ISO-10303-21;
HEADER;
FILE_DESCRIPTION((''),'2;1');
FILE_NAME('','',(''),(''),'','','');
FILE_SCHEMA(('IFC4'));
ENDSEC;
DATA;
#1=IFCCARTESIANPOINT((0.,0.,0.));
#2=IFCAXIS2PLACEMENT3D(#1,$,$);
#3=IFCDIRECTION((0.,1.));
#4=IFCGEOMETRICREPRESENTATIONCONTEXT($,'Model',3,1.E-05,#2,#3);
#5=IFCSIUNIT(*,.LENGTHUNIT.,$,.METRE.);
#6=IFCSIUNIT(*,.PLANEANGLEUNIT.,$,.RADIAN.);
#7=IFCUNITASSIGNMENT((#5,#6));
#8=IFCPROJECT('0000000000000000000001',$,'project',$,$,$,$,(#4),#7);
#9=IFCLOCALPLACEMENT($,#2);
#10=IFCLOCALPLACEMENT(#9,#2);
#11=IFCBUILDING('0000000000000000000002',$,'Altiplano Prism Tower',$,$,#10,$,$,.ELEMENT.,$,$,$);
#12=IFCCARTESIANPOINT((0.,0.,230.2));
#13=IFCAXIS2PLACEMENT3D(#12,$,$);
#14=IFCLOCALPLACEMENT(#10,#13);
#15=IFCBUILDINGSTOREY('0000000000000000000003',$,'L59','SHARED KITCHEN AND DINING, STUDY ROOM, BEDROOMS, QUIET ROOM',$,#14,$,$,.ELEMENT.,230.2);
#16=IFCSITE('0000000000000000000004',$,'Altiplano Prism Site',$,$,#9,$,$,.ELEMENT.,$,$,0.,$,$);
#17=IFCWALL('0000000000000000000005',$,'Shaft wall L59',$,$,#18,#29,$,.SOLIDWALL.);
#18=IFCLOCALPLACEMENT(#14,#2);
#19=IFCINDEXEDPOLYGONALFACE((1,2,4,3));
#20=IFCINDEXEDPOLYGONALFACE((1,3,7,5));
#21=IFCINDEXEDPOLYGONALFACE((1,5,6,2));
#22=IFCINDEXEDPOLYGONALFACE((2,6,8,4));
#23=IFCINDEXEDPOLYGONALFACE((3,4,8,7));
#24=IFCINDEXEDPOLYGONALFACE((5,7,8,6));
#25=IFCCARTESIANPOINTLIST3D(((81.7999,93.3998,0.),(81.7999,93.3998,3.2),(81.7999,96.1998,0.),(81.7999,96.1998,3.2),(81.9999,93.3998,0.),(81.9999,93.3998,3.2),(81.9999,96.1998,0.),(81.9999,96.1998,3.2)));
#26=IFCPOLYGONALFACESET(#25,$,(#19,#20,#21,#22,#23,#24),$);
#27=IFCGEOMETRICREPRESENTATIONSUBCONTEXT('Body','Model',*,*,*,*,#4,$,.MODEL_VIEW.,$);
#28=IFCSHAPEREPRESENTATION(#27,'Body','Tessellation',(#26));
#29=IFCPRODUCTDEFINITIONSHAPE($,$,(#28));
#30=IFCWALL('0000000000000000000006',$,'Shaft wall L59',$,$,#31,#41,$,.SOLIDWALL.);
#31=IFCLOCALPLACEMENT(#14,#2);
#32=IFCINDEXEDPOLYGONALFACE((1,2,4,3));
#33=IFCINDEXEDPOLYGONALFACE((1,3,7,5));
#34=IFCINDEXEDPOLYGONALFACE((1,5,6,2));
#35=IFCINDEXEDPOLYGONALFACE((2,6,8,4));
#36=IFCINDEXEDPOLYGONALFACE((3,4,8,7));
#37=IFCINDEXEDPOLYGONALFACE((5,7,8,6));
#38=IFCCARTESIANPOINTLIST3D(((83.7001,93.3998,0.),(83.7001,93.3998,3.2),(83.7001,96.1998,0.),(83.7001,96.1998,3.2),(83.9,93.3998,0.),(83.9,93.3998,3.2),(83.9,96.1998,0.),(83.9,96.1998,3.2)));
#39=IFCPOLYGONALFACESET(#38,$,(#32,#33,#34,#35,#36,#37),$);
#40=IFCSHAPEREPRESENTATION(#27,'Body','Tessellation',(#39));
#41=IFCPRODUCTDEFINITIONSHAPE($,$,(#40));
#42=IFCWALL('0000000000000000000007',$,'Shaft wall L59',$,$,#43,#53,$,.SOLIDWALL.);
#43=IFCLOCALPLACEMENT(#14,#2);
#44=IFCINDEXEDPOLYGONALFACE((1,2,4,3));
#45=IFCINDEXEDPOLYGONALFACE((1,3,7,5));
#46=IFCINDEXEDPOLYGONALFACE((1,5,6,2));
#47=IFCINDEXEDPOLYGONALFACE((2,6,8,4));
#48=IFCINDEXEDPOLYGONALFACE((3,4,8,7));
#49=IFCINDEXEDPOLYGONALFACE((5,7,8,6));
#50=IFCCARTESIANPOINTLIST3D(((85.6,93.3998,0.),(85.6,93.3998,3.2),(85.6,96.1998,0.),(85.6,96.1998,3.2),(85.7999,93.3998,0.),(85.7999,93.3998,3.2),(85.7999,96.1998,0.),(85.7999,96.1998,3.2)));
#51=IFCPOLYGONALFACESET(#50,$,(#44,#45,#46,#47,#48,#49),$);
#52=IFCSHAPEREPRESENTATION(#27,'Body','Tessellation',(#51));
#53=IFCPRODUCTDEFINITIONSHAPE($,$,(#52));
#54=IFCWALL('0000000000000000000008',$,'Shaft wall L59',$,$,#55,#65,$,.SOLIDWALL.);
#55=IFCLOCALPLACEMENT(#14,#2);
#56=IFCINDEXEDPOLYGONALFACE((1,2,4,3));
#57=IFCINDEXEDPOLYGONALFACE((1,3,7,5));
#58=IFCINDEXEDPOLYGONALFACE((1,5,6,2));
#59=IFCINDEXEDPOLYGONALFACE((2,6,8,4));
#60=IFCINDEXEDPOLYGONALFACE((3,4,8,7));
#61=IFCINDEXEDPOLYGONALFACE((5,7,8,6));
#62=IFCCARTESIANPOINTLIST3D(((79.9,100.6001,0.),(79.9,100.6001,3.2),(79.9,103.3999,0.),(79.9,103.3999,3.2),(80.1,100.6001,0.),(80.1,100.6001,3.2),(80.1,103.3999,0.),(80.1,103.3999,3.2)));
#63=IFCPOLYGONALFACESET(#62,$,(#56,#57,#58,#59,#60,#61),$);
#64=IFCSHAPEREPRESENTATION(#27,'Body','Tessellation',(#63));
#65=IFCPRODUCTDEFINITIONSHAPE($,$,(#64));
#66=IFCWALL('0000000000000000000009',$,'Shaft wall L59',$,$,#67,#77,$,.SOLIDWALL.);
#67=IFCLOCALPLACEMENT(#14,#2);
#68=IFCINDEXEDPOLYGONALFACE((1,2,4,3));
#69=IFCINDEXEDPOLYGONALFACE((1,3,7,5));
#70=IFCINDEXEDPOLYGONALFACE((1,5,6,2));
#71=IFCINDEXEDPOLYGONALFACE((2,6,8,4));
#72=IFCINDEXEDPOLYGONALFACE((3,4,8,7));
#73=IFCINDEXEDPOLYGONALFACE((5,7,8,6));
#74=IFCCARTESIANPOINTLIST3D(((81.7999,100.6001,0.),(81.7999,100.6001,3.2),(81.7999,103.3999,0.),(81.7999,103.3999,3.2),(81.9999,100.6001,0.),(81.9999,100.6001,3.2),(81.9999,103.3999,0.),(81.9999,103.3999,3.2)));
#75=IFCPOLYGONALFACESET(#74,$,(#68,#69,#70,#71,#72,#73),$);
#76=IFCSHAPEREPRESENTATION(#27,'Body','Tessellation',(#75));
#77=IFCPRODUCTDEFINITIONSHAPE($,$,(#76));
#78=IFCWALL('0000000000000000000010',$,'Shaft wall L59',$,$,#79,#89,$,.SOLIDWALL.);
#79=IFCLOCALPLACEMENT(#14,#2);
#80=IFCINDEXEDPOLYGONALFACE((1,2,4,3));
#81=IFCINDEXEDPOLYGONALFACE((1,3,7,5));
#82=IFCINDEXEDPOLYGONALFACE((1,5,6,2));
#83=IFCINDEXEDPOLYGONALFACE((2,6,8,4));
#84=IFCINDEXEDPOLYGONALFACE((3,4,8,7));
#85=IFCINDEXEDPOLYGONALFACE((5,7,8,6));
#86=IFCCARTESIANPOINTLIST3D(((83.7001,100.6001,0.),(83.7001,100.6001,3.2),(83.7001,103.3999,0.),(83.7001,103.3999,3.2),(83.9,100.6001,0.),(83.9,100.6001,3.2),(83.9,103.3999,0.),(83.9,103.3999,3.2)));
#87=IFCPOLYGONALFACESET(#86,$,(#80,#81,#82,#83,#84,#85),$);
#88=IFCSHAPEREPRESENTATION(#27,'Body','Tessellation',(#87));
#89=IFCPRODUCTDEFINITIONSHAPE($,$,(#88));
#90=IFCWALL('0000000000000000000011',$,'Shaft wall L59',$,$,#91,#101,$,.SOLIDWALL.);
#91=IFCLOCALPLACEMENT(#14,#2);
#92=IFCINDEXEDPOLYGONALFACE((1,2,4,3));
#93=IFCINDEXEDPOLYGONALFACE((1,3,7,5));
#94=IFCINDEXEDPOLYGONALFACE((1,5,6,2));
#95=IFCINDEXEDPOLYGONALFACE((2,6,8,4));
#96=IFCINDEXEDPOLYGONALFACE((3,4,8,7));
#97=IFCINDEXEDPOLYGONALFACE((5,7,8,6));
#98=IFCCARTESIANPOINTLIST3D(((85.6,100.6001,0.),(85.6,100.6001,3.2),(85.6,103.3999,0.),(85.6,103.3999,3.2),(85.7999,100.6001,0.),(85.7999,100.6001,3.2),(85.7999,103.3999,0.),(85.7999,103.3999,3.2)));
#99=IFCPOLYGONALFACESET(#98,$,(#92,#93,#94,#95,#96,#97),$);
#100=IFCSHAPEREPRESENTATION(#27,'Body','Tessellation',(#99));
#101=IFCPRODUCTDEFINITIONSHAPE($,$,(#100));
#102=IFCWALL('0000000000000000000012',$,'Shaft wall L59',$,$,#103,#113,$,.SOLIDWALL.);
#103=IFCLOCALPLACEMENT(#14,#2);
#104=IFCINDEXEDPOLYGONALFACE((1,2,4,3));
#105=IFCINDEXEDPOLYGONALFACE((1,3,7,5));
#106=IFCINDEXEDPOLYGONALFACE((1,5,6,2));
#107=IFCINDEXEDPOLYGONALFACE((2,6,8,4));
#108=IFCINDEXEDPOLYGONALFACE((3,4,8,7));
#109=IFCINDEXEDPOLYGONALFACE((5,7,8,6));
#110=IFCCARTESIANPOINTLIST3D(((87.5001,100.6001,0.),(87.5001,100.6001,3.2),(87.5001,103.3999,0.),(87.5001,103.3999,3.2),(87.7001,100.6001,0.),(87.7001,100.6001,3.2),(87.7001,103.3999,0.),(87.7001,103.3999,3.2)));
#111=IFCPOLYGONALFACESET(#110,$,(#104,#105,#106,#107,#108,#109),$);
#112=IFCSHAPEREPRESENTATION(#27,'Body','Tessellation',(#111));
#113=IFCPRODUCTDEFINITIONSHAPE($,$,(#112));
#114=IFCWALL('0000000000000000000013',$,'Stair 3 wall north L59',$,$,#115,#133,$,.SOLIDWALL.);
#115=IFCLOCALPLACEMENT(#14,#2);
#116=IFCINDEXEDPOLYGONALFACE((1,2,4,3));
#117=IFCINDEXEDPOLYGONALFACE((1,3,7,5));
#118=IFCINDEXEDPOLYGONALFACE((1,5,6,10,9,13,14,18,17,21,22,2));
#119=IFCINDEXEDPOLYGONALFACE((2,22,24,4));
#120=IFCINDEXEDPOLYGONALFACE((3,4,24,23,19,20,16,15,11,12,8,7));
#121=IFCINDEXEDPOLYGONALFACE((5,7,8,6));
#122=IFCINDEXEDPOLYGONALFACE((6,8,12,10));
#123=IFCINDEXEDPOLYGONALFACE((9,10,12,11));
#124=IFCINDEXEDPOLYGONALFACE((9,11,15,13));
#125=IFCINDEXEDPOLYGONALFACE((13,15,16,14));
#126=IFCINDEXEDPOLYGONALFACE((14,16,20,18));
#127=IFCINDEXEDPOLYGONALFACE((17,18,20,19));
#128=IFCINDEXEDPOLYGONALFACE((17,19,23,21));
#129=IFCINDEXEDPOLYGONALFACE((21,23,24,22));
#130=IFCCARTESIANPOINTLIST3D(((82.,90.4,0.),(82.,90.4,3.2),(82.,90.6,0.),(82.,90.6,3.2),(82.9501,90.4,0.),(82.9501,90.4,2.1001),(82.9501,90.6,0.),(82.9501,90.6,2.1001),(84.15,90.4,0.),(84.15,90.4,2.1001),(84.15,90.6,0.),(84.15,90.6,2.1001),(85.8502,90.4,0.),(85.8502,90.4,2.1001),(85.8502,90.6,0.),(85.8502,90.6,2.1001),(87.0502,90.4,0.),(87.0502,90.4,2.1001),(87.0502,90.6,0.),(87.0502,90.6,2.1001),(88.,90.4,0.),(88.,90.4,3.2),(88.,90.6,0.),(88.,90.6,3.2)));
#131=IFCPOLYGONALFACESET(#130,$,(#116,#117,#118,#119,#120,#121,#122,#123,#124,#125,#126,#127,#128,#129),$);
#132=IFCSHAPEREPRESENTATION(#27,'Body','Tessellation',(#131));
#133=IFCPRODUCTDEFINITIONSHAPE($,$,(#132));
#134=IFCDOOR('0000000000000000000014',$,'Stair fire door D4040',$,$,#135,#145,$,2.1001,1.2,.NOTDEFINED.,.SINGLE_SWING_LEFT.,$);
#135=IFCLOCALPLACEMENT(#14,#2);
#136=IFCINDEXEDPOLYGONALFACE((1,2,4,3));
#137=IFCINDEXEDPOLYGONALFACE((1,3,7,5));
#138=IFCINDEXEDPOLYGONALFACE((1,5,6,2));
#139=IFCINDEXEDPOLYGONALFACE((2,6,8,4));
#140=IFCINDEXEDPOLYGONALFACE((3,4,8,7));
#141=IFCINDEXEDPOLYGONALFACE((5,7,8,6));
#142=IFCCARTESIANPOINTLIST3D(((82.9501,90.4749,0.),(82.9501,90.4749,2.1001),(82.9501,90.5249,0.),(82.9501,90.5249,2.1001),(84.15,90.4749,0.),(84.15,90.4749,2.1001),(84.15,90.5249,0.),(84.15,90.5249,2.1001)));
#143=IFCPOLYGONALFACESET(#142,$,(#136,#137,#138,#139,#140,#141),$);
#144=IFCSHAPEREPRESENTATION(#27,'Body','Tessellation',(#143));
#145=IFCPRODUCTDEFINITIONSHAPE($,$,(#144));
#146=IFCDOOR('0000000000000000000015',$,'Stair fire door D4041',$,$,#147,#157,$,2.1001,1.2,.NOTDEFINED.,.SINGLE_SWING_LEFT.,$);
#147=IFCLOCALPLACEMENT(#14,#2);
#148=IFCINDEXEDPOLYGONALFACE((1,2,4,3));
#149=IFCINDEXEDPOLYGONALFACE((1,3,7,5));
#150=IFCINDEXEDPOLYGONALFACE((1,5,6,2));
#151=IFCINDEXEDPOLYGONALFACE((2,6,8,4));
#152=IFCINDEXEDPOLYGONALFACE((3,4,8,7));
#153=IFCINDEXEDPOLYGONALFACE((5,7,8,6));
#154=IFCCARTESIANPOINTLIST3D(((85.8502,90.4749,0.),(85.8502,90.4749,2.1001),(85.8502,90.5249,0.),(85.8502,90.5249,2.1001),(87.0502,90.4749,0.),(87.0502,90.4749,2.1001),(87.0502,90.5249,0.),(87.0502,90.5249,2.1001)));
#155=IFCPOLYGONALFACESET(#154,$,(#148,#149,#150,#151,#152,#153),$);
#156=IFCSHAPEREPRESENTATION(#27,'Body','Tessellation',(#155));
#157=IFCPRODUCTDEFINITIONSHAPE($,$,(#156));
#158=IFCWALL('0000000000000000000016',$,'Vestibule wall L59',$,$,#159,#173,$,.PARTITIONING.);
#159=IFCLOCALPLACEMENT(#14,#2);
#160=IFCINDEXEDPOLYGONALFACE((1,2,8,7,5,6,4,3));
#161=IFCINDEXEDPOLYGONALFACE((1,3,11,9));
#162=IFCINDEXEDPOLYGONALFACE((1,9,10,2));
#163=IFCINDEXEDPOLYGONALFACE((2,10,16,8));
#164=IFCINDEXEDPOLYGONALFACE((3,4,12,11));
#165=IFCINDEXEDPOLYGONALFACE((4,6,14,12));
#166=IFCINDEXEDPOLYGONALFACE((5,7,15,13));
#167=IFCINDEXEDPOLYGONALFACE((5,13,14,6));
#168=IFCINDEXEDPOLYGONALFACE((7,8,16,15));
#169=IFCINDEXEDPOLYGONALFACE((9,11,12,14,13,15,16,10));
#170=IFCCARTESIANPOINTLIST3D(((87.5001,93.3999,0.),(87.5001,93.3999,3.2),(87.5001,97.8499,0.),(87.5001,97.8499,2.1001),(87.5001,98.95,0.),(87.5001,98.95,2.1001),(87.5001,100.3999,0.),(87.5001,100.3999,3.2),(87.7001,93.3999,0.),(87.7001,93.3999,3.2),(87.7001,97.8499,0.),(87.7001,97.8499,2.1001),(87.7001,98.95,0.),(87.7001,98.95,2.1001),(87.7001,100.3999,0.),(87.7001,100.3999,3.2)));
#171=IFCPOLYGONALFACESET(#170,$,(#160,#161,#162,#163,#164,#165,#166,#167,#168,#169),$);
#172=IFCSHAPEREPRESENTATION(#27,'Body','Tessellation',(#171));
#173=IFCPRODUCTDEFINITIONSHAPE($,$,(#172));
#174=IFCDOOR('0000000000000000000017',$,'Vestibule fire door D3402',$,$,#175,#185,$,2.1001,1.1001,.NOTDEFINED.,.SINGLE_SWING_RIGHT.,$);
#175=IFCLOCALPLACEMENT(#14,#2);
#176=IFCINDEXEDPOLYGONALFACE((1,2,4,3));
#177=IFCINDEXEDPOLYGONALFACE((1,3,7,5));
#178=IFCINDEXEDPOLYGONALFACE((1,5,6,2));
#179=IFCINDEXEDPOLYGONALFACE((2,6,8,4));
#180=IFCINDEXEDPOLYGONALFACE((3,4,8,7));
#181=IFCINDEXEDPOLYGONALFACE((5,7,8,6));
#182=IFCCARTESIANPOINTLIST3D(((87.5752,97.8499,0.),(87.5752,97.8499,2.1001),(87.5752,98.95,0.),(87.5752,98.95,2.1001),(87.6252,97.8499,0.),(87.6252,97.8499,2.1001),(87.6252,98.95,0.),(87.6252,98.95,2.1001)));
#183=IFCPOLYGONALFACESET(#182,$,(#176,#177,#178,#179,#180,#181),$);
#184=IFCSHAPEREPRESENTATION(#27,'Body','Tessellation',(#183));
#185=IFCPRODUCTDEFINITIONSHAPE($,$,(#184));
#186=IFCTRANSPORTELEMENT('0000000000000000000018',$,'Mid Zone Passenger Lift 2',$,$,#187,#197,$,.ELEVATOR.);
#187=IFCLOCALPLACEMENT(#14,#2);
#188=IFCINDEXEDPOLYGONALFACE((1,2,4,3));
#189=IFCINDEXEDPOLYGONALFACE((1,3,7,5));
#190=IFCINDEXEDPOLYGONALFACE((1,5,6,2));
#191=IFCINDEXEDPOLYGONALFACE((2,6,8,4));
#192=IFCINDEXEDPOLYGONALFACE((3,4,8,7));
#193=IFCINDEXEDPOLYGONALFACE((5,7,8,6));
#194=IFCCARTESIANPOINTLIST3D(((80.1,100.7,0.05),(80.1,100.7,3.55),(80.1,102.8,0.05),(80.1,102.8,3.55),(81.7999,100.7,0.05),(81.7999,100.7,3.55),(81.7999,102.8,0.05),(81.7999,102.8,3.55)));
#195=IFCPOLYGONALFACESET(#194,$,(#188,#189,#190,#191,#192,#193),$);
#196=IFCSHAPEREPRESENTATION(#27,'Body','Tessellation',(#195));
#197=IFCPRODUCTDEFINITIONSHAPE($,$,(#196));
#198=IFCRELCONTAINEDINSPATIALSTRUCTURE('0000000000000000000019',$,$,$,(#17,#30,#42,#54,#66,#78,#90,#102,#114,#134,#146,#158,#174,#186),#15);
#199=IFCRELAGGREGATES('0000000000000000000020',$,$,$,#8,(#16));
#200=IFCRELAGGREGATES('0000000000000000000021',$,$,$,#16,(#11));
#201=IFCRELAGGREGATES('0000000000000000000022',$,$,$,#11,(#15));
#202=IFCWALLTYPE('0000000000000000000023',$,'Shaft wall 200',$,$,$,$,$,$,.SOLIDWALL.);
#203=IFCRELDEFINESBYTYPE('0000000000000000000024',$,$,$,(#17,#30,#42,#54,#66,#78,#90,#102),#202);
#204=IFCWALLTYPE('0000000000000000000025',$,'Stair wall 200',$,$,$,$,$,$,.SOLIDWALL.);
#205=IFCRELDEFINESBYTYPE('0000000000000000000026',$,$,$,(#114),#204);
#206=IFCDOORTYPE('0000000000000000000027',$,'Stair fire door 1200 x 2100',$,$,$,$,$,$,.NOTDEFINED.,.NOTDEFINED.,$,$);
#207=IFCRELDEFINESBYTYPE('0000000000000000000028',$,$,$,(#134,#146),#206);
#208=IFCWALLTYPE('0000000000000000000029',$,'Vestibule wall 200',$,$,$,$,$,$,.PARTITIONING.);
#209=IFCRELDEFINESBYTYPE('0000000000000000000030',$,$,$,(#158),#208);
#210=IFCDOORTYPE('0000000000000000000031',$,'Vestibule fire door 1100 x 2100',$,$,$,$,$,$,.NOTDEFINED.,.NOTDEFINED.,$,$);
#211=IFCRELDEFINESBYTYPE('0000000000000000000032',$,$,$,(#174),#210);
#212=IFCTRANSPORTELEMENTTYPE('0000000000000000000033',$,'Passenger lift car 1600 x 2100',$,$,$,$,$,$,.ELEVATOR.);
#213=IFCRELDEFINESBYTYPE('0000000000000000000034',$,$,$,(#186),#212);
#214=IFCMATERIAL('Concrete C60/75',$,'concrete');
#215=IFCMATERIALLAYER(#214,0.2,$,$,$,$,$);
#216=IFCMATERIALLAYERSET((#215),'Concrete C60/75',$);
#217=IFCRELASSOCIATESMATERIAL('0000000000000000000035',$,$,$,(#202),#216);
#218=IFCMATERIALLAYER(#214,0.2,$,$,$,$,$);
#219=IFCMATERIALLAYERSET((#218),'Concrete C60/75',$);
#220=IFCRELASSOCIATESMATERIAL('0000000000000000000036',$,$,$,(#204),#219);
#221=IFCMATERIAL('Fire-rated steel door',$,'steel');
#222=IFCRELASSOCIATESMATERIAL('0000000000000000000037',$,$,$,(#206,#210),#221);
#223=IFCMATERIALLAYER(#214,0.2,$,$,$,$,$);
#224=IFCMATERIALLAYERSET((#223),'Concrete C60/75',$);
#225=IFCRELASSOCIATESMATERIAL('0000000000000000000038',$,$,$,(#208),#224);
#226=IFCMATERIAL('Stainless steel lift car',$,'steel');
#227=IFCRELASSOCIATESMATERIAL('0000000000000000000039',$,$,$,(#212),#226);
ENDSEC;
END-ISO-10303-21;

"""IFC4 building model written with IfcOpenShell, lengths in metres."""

from ifc_helpers import new_model, si_unit, direction, frame, frame_2d, origin, origin_2d, place, context, subcontext, project, spatial, rectangle, extrude, material, layer, layer_set, type_object, element, fill, save


model = new_model("IFC4")

# Units and contexts
model_context = context("Model", 3, precision=1e-05, world=origin(), true_north=direction((0.0, 1.0)))
body_context = subcontext(model_context, "Body", "Model", "MODEL_VIEW")
ifc_project = project(units=[si_unit("LENGTHUNIT", "METRE"), si_unit("PLANEANGLEUNIT", "RADIAN")], contexts=[model_context])

# Site, building, storey
site_placement = place(None, origin())
site = spatial("IfcSite", under=ifc_project, at=site_placement, Name="Altiplano Prism Site", CompositionType="ELEMENT", RefElevation=0.0)
building_placement = place(site_placement, origin())
building = spatial("IfcBuilding", under=site, at=building_placement, Name="Altiplano Prism Tower", CompositionType="ELEMENT")
storey_placement = place(building_placement, frame((0.0, 0.0, 230.2)))
storey = spatial("IfcBuildingStorey", under=building, at=storey_placement, Name="L59", Description="SHARED KITCHEN AND DINING, STUDY ROOM, BEDROOMS, QUIET ROOM", CompositionType="ELEMENT", Elevation=230.2)

# Walls
ifc_material_1 = material(Name="Concrete C60/75", Category="concrete")
ifc_layer_1 = layer(ifc_material_1, 0.2)
ifc_layer_set_1 = layer_set([ifc_layer_1], Name="Concrete C60/75")
wall_type_1 = type_object("IfcWallType", Name="Shaft wall 200", PredefinedType="SOLIDWALL", material=ifc_layer_set_1)
for number, where, z_axis, x_axis, name in (
    (1, (81.8999, 93.3999, 0.0), (0.0, 0.0, 1.0), (0.0, 1.0, 0.0), "Shaft wall L59"),
    (2, (83.8, 93.3999, 0.0), (0.0, 0.0, 1.0), (0.0, 1.0, 0.0), "Shaft wall L59"),
    (3, (85.7, 93.3999, 0.0), (0.0, 0.0, 1.0), (0.0, 1.0, 0.0), "Shaft wall L59"),
):
    element("IfcWall", number, at=place(storey_placement, frame(where, z_axis=z_axis, x_axis=x_axis)), inside=storey, type_object=wall_type_1, Name=name, PredefinedType="SOLIDWALL", context=body_context, shape_type="SweptSolid", body=[
        extrude(rectangle(XDim=2.8, YDim=0.2, at=frame_2d((1.3999, 0.0))), origin(), (0.0, 0.0, 1.0), 3.2),
    ])
for number, where, z_axis, x_axis, name in (
    (4, (80.0, 100.6001, 0.0), (0.0, 0.0, 1.0), (0.0, 1.0, 0.0), "Shaft wall L59"),
    (5, (81.8999, 100.6001, 0.0), (0.0, 0.0, 1.0), (0.0, 1.0, 0.0), "Shaft wall L59"),
    (6, (83.8, 100.6001, 0.0), (0.0, 0.0, 1.0), (0.0, 1.0, 0.0), "Shaft wall L59"),
    (7, (85.7, 100.6001, 0.0), (0.0, 0.0, 1.0), (0.0, 1.0, 0.0), "Shaft wall L59"),
    (8, (87.6001, 100.6001, 0.0), (0.0, 0.0, 1.0), (0.0, 1.0, 0.0), "Shaft wall L59"),
):
    element("IfcWall", number, at=place(storey_placement, frame(where, z_axis=z_axis, x_axis=x_axis)), inside=storey, type_object=wall_type_1, Name=name, PredefinedType="SOLIDWALL", context=body_context, shape_type="SweptSolid", body=[
        extrude(rectangle(XDim=2.7998, YDim=0.2, at=frame_2d((1.3999, 0.0))), origin(), (0.0, 0.0, 1.0), 3.2),
    ])

# Wall, openings, doors
ifc_layer_2 = layer(ifc_material_1, 0.2)
ifc_layer_set_2 = layer_set([ifc_layer_2], Name="Concrete C60/75")
wall_type_2 = type_object("IfcWallType", Name="Stair wall 200", PredefinedType="SOLIDWALL", material=ifc_layer_set_2)
wall_1_placement = place(storey_placement, frame((82.0, 90.5, 0.0), z_axis=(0.0, 0.0, 1.0), x_axis=(1.0, 0.0, 0.0)))
wall_1 = element("IfcWall", 9, at=wall_1_placement, inside=storey, type_object=wall_type_2, Name="Stair 3 wall north L59", PredefinedType="SOLIDWALL", context=body_context, shape_type="SweptSolid", body=[
    extrude(rectangle(XDim=6.0, YDim=0.2, at=frame_2d((3.0, 0.0))), origin(), (0.0, 0.0, 1.0), 3.2),
])
opening_1_placement = place(wall_1_placement, frame((0.95, 0.0, 0.0)))
opening_1 = element("IfcOpeningElement", 10, at=opening_1_placement, cuts=wall_1, PredefinedType="OPENING", context=body_context, shape_type="SweptSolid", body=[
    extrude(rectangle(XDim=1.2, YDim=2.1001, at=frame_2d((0.6001, 1.05))), frame((0.0, 0.1104, 0.0), z_axis=(0.0, -1.0, 0.0), x_axis=(1.0, 0.0, 0.0)), (0.0, 0.0, 1.0), 0.2209),
])
opening_2_placement = place(wall_1_placement, frame((3.8501, 0.0, 0.0)))
opening_2 = element("IfcOpeningElement", 11, at=opening_2_placement, cuts=wall_1, PredefinedType="OPENING", context=body_context, shape_type="SweptSolid", body=[
    extrude(rectangle(XDim=1.2, YDim=2.1001, at=frame_2d((0.6001, 1.05))), frame((0.0, 0.1104, 0.0), z_axis=(0.0, -1.0, 0.0), x_axis=(1.0, 0.0, 0.0)), (0.0, 0.0, 1.0), 0.2209),
])
ifc_material_2 = material(Name="Fire-rated steel door", Category="steel")
door_type_1 = type_object("IfcDoorType", Name="Stair fire door 1200 x 2100", OperationType="NOTDEFINED", PredefinedType="NOTDEFINED", material=ifc_material_2)
door_1_placement = place(opening_1_placement, origin())
door_1 = element("IfcDoor", 12, at=door_1_placement, inside=storey, type_object=door_type_1, Name="Stair fire door D4040", OperationType="SINGLE_SWING_LEFT", OverallHeight=2.1001, OverallWidth=1.2, PredefinedType="NOTDEFINED", context=body_context, shape_type="SweptSolid", body=[
    extrude(rectangle(XDim=1.2, YDim=2.1001, at=frame_2d((0.6001, 1.05))), frame((0.0, 0.0249, 0.0), z_axis=(0.0, -1.0, 0.0), x_axis=(1.0, 0.0, 0.0)), (0.0, 0.0, 1.0), 0.05),
])
fill(opening_1, door_1)
door_2_placement = place(opening_2_placement, origin())
door_2 = element("IfcDoor", 13, at=door_2_placement, inside=storey, type_object=door_type_1, Name="Stair fire door D4041", OperationType="SINGLE_SWING_LEFT", OverallHeight=2.1001, OverallWidth=1.2, PredefinedType="NOTDEFINED", context=body_context, shape_type="SweptSolid", body=[
    extrude(rectangle(XDim=1.2, YDim=2.1001, at=frame_2d((0.6001, 1.05))), frame((0.0, 0.0249, 0.0), z_axis=(0.0, -1.0, 0.0), x_axis=(1.0, 0.0, 0.0)), (0.0, 0.0, 1.0), 0.05),
])
fill(opening_2, door_2)

# Wall, opening, door
ifc_layer_3 = layer(ifc_material_1, 0.2)
ifc_layer_set_3 = layer_set([ifc_layer_3], Name="Concrete C60/75")
wall_type_3 = type_object("IfcWallType", Name="Vestibule wall 200", PredefinedType="PARTITIONING", material=ifc_layer_set_3)
wall_2_placement = place(storey_placement, frame((87.6001, 93.3999, 0.0), z_axis=(0.0, 0.0, 1.0), x_axis=(0.0, 1.0, 0.0)))
wall_2 = element("IfcWall", 14, at=wall_2_placement, inside=storey, type_object=wall_type_3, Name="Vestibule wall L59", PredefinedType="PARTITIONING", context=body_context, shape_type="SweptSolid", body=[
    extrude(rectangle(XDim=7.0, YDim=0.2, at=frame_2d((3.5, 0.0))), origin(), (0.0, 0.0, 1.0), 3.2),
])
opening_3_placement = place(wall_2_placement, frame((4.45, 0.0, 0.0)))
opening_3 = element("IfcOpeningElement", 15, at=opening_3_placement, cuts=wall_2, PredefinedType="OPENING", context=body_context, shape_type="SweptSolid", body=[
    extrude(rectangle(XDim=1.1001, YDim=2.1001, at=frame_2d((0.55, 1.05))), frame((0.0, 0.1104, 0.0), z_axis=(0.0, -1.0, 0.0), x_axis=(1.0, 0.0, 0.0)), (0.0, 0.0, 1.0), 0.2209),
])
door_type_2 = type_object("IfcDoorType", Name="Vestibule fire door 1100 x 2100", OperationType="NOTDEFINED", PredefinedType="NOTDEFINED", material=ifc_material_2)
door_3_placement = place(opening_3_placement, origin())
door_3 = element("IfcDoor", 16, at=door_3_placement, inside=storey, type_object=door_type_2, Name="Vestibule fire door D3402", OperationType="SINGLE_SWING_RIGHT", OverallHeight=2.1001, OverallWidth=1.1001, PredefinedType="NOTDEFINED", context=body_context, shape_type="SweptSolid", body=[
    extrude(rectangle(XDim=1.1001, YDim=2.1001, at=frame_2d((0.55, 1.05))), frame((0.0, 0.0249, 0.0), z_axis=(0.0, -1.0, 0.0), x_axis=(1.0, 0.0, 0.0)), (0.0, 0.0, 1.0), 0.05),
])
fill(opening_3, door_3)

# Transport element
ifc_material_3 = material(Name="Stainless steel lift car", Category="steel")
transport_element_type = type_object("IfcTransportElementType", Name="Passenger lift car 1600 x 2100", PredefinedType="ELEVATOR", material=ifc_material_3)
for number, where, z_axis, x_axis, name in (
    (17, (80.95, 101.75, 0.05), (0.0, 0.0, 1.0), (1.0, 0.0, 0.0), "Mid Zone Passenger Lift 2"),
):
    element("IfcTransportElement", number, at=place(storey_placement, frame(where, z_axis=z_axis, x_axis=x_axis)), inside=storey, type_object=transport_element_type, Name=name, PredefinedType="ELEVATOR", context=body_context, shape_type="SweptSolid", body=[
        extrude(rectangle(XDim=1.7, YDim=2.1001, at=origin_2d()), origin(), (0.0, 0.0, 1.0), 3.5),
    ])

save(model, "model.ifc")
